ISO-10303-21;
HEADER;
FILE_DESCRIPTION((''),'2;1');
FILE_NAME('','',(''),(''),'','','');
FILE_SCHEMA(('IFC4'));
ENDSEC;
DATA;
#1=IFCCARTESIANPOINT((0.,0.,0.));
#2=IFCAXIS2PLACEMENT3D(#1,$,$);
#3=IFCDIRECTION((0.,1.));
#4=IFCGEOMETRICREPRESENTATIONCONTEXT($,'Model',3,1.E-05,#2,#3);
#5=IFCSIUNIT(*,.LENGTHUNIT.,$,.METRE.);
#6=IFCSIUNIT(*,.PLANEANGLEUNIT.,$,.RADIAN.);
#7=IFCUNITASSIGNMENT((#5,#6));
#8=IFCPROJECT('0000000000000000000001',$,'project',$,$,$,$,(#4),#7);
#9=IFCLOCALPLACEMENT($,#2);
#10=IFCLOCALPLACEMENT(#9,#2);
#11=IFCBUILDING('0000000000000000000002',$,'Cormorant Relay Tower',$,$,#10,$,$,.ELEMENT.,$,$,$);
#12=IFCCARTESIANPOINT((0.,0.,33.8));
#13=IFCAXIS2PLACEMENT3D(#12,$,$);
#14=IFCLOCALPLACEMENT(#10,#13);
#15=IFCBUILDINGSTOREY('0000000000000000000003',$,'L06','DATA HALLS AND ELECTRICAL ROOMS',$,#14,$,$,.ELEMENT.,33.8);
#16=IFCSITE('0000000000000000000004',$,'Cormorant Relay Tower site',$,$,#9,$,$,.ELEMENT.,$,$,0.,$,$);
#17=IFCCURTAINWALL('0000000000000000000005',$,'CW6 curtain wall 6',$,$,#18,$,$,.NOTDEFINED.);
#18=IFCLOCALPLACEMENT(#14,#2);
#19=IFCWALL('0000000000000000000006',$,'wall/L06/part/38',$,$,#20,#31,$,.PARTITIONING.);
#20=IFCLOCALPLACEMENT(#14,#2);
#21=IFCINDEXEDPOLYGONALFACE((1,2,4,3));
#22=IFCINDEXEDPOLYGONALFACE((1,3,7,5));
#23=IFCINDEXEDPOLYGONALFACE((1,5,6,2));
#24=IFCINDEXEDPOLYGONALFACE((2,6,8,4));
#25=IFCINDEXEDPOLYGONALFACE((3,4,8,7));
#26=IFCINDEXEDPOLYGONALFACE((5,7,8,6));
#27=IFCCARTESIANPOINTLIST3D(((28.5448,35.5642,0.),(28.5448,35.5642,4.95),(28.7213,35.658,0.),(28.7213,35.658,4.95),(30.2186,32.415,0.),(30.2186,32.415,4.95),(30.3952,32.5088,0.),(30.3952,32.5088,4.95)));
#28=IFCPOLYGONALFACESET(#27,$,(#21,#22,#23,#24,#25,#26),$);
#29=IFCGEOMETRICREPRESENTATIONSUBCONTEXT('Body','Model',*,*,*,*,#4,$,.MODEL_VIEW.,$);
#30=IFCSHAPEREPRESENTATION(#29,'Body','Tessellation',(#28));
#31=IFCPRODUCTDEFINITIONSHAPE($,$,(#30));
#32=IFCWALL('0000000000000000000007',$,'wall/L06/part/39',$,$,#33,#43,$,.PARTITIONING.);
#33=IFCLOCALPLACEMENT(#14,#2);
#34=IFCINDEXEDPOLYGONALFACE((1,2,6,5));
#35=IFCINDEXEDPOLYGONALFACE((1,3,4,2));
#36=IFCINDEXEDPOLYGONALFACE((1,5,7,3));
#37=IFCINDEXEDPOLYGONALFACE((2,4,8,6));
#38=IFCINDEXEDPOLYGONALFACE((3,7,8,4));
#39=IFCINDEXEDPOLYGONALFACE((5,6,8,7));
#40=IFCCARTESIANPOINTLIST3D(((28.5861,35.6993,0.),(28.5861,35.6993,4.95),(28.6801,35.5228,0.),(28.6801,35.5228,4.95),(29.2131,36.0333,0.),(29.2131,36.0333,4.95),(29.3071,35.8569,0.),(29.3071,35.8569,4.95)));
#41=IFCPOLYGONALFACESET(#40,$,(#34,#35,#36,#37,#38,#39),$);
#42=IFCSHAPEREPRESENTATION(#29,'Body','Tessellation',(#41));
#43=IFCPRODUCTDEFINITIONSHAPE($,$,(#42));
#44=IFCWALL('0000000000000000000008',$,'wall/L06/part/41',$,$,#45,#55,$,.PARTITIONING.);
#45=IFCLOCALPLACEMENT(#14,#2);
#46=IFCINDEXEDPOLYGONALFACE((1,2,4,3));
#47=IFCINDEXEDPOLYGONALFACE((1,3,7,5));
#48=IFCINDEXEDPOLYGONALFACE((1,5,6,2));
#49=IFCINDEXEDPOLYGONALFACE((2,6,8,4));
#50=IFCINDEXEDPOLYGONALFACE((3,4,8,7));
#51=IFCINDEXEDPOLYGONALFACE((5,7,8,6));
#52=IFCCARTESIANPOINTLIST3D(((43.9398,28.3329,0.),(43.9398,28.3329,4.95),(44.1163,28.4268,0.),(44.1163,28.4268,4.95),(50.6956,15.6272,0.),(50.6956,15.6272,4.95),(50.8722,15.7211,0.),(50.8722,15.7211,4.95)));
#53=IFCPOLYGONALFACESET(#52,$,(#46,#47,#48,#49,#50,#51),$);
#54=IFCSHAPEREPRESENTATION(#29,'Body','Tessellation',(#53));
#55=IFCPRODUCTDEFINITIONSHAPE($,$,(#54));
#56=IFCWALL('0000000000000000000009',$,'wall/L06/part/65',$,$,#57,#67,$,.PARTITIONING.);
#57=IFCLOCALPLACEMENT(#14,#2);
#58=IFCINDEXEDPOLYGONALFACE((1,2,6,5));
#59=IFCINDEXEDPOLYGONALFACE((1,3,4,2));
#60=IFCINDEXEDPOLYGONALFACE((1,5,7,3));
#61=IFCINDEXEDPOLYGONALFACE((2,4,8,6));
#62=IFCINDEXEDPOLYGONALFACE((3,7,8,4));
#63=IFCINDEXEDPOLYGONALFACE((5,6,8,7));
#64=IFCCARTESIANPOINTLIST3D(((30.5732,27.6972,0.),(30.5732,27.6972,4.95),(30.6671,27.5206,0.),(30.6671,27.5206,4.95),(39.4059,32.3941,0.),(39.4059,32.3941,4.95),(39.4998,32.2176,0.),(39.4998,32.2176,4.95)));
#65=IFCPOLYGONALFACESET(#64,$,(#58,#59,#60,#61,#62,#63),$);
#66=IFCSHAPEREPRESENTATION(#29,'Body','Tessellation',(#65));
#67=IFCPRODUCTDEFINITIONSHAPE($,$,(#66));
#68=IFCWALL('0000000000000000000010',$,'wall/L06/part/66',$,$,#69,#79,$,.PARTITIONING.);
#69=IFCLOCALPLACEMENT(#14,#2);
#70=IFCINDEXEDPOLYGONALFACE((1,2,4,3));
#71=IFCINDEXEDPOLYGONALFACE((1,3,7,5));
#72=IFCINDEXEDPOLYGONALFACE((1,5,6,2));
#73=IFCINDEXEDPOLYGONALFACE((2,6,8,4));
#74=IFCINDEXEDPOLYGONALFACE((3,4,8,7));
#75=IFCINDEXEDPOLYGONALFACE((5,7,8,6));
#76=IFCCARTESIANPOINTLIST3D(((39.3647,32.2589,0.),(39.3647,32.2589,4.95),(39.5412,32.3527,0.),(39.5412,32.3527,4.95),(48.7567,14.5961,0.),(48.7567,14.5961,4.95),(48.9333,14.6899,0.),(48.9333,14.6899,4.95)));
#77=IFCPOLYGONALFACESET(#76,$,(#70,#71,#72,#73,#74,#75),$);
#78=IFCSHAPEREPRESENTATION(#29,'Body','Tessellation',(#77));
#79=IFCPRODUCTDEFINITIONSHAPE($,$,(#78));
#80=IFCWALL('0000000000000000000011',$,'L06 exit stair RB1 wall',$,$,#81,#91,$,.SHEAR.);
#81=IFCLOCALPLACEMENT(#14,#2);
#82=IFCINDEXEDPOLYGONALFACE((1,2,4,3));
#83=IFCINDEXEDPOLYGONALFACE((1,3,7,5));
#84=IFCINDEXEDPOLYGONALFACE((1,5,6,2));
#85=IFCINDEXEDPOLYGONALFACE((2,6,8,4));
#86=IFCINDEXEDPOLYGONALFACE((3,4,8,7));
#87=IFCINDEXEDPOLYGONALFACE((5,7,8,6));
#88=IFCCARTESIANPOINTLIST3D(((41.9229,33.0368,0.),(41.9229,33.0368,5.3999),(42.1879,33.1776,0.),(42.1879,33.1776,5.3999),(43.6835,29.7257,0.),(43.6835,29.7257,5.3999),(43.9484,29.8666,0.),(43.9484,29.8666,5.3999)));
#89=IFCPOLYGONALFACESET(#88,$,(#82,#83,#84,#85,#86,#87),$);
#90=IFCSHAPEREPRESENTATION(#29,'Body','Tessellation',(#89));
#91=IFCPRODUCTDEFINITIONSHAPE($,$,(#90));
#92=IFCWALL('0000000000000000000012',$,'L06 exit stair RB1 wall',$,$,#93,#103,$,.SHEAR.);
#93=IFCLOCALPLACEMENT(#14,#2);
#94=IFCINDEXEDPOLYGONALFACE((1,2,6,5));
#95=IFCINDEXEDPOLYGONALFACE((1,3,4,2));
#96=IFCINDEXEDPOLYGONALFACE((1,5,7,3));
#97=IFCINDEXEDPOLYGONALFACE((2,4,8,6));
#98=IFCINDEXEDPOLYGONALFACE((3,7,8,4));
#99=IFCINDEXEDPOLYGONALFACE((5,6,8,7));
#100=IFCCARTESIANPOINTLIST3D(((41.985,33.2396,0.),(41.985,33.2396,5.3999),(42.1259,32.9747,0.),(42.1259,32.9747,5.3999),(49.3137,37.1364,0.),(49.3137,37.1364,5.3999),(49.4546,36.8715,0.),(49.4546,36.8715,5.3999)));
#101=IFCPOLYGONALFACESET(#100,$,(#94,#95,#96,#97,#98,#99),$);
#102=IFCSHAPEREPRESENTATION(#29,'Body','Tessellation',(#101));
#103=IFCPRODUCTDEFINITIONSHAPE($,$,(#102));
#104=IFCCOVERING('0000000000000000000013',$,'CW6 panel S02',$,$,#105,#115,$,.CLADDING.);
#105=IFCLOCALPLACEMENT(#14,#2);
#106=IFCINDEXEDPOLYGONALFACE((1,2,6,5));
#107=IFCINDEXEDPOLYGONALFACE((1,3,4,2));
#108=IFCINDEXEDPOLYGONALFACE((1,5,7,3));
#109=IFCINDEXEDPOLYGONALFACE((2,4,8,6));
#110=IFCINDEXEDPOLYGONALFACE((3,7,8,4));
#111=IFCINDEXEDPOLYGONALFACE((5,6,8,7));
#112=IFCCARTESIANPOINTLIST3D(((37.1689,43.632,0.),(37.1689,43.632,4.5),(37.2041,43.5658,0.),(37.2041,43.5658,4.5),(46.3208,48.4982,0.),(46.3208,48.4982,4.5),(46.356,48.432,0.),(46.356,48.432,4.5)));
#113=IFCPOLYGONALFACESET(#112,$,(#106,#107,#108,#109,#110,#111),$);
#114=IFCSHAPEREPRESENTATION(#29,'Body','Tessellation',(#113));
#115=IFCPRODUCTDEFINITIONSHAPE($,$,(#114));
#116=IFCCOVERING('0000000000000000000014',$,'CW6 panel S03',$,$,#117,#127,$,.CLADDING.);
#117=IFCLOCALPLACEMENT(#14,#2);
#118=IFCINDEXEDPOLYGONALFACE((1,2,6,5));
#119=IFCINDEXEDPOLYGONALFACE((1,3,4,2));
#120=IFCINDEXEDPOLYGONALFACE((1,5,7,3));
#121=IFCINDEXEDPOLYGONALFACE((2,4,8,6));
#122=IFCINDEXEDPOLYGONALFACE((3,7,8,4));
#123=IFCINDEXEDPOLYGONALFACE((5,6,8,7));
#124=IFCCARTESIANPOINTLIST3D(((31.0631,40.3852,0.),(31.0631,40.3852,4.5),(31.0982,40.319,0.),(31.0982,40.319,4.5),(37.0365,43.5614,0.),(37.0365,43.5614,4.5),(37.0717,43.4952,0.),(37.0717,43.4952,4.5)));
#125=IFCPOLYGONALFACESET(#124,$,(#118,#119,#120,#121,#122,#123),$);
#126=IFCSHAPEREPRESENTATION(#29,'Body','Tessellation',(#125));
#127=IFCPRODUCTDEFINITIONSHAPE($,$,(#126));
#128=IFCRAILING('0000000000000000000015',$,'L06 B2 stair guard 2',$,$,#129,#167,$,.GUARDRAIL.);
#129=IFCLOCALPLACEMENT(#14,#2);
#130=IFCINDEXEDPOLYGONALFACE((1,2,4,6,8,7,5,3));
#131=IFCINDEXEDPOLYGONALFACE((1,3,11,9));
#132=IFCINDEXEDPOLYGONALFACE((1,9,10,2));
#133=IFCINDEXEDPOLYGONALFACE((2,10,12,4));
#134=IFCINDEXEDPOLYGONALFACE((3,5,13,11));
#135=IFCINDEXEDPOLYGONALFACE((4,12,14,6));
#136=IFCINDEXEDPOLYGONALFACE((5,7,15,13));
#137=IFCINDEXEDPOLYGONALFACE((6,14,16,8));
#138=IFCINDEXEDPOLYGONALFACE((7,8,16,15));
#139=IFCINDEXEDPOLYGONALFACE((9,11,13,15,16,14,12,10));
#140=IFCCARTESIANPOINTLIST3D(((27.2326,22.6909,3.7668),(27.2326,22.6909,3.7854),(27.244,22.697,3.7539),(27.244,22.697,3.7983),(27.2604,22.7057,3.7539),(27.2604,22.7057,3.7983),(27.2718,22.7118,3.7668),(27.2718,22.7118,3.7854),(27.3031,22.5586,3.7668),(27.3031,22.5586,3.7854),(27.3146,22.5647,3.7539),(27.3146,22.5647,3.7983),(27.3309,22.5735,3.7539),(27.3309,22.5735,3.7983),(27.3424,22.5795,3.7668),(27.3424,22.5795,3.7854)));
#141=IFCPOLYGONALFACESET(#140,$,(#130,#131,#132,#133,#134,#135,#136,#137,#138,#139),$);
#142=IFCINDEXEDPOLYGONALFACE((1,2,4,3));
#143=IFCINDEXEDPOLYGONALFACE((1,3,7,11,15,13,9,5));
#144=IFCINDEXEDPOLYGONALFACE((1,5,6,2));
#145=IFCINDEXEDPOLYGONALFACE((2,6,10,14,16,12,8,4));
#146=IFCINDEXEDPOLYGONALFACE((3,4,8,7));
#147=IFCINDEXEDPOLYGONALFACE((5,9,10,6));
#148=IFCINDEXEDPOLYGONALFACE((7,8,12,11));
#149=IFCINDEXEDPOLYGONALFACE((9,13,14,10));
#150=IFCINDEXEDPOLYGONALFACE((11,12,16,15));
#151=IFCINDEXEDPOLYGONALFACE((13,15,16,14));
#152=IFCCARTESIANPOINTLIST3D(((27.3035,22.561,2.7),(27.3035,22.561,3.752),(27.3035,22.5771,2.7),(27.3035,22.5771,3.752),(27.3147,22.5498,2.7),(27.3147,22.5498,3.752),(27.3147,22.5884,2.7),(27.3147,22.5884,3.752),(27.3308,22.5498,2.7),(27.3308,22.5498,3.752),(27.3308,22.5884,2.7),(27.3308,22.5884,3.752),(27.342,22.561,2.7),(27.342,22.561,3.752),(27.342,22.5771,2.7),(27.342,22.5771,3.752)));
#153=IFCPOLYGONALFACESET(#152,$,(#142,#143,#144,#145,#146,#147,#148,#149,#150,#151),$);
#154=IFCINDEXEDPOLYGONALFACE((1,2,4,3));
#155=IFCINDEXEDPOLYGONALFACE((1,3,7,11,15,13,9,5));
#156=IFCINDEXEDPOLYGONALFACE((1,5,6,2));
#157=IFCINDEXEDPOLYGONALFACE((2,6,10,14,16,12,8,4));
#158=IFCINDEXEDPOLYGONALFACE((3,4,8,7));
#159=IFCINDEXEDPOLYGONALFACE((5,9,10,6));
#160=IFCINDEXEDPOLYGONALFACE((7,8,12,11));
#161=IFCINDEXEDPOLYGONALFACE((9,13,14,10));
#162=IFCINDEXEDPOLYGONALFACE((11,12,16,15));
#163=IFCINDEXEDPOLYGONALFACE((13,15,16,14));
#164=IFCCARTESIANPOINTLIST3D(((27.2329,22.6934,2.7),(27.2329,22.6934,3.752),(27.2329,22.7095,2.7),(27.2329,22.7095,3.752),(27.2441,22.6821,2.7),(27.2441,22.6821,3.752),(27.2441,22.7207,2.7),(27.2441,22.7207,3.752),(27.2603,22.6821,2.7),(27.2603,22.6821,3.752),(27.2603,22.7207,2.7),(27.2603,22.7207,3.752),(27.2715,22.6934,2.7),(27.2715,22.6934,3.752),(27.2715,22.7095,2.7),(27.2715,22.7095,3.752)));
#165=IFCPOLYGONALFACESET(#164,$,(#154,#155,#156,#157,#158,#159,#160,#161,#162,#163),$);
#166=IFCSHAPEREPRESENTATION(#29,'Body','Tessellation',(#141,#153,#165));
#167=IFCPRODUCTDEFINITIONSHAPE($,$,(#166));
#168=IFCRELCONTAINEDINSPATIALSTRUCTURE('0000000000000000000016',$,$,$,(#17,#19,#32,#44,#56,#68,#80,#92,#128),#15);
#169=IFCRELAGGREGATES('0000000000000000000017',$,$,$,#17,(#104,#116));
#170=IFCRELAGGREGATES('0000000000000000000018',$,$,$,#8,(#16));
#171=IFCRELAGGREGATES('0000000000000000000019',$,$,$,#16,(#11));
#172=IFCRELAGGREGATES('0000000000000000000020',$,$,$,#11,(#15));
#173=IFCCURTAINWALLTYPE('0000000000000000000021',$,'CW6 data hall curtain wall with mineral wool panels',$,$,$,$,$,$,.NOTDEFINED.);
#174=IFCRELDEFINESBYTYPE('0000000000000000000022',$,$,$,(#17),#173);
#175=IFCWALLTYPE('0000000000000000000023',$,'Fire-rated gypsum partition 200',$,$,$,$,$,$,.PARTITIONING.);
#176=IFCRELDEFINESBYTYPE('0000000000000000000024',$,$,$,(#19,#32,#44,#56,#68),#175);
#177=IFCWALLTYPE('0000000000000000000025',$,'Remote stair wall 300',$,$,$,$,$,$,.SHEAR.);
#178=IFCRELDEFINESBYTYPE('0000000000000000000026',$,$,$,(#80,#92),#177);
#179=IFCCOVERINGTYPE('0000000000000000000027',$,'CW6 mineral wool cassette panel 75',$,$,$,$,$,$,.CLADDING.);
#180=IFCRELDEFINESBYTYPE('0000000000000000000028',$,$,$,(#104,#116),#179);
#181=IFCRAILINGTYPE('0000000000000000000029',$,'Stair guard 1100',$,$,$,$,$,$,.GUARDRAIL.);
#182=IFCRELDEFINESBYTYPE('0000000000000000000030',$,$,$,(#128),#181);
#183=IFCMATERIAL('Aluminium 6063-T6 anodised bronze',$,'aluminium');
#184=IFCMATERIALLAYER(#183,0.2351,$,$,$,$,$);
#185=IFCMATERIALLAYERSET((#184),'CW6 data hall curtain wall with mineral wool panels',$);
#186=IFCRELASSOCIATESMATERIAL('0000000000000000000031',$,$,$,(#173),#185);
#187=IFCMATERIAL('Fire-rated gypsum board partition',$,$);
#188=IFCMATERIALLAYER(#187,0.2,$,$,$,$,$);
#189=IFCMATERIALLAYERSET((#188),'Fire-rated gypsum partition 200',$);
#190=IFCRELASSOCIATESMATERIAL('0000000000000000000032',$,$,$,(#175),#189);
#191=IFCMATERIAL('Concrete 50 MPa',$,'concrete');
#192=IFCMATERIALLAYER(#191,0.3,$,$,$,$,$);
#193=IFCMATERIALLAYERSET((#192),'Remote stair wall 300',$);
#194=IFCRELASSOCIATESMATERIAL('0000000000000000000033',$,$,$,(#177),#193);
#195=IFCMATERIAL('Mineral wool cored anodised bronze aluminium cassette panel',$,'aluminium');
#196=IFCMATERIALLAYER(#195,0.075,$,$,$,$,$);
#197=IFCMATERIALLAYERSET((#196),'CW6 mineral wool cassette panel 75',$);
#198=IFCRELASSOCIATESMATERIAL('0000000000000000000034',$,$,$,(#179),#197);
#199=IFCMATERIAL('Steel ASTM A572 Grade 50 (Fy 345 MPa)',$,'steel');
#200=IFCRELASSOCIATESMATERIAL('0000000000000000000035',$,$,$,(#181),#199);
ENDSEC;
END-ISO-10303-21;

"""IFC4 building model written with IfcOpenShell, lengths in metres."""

from ifc_helpers import new_model, si_unit, direction, frame, frame_2d, origin, origin_2d, place, context, subcontext, project, spatial, polyline, rectangle, outline, extrude, material, layer, layer_set, type_object, element, aggregate, save


model = new_model("IFC4")

# Units and contexts
model_context = context("Model", 3, precision=1e-05, world=origin(), true_north=direction((0.0, 1.0)))
body_context = subcontext(model_context, "Body", "Model", "MODEL_VIEW")
ifc_project = project(units=[si_unit("LENGTHUNIT", "METRE"), si_unit("PLANEANGLEUNIT", "RADIAN")], contexts=[model_context])

# Site, building, storey
site_placement = place(None, origin())
site = spatial("IfcSite", under=ifc_project, at=site_placement, Name="Cormorant Relay Tower site", CompositionType="ELEMENT", RefElevation=0.0)
building_placement = place(site_placement, origin())
building = spatial("IfcBuilding", under=site, at=building_placement, Name="Cormorant Relay Tower", CompositionType="ELEMENT")
storey_placement = place(building_placement, frame((0.0, 0.0, 33.8)))
storey = spatial("IfcBuildingStorey", under=building, at=storey_placement, Name="L06", Description="DATA HALLS AND ELECTRICAL ROOMS", CompositionType="ELEMENT", Elevation=33.8)

# Curtain wall
ifc_material_1 = material(Name="Aluminium 6063-T6 anodised bronze", Category="aluminium")
ifc_layer_1 = layer(ifc_material_1, 0.2351)
ifc_layer_set_1 = layer_set([ifc_layer_1], Name="CW6 data hall curtain wall with mineral wool panels")
curtain_wall_type = type_object("IfcCurtainWallType", Name="CW6 data hall curtain wall with mineral wool panels", PredefinedType="NOTDEFINED", material=ifc_layer_set_1)
curtain_wall_placement = place(storey_placement, origin())
curtain_wall = element("IfcCurtainWall", 1, at=curtain_wall_placement, inside=storey, type_object=curtain_wall_type, Name="CW6 curtain wall 6", PredefinedType="NOTDEFINED")

# Walls
ifc_material_2 = material(Name="Fire-rated gypsum board partition")
ifc_layer_2 = layer(ifc_material_2, 0.2)
ifc_layer_set_2 = layer_set([ifc_layer_2], Name="Fire-rated gypsum partition 200")
wall_type_1 = type_object("IfcWallType", Name="Fire-rated gypsum partition 200", PredefinedType="PARTITIONING", material=ifc_layer_set_2)
wall_1_placement = place(storey_placement, frame((30.3069, 32.4619, 0.0), z_axis=(0.0, 0.0, 1.0), x_axis=(-0.469337, 0.883019, 0.0)))
element("IfcWall", 2, at=wall_1_placement, inside=storey, type_object=wall_type_1, Name="wall/L06/part/38", PredefinedType="PARTITIONING", context=body_context, shape_type="SweptSolid", body=[
    extrude(rectangle(XDim=3.5664, YDim=0.2, at=frame_2d((1.7832, 0.0))), origin(), (0.0, 0.0, 1.0), 4.95),
])
wall_2_placement = place(storey_placement, frame((28.6331, 35.6111, 0.0), z_axis=(0.0, 0.0, 1.0), x_axis=(0.882581, 0.47016, 0.0)))
element("IfcWall", 3, at=wall_2_placement, inside=storey, type_object=wall_type_1, Name="wall/L06/part/39", PredefinedType="PARTITIONING", context=body_context, shape_type="SweptSolid", body=[
    extrude(rectangle(XDim=0.7104, YDim=0.2, at=frame_2d((0.3552, 0.0))), origin(), (0.0, 0.0, 1.0), 4.95),
])
wall_3_placement = place(storey_placement, frame((44.0281, 28.3799, 0.0), z_axis=(0.0, 0.0, 1.0), x_axis=(0.469475, -0.882946, 0.0)))
element("IfcWall", 4, at=wall_3_placement, inside=storey, type_object=wall_type_1, Name="wall/L06/part/41", PredefinedType="PARTITIONING", context=body_context, shape_type="SweptSolid", body=[
    extrude(rectangle(XDim=14.3901, YDim=0.2, at=frame_2d((7.1951, 0.0))), origin(), (0.0, 0.0, 1.0), 4.95),
])
wall_4_placement = place(storey_placement, frame((30.6201, 27.6089, 0.0), z_axis=(0.0, 0.0, 1.0), x_axis=(0.882924, 0.469515, 0.0)))
element("IfcWall", 5, at=wall_4_placement, inside=storey, type_object=wall_type_1, Name="wall/L06/part/65", PredefinedType="PARTITIONING", context=body_context, shape_type="SweptSolid", body=[
    extrude(rectangle(XDim=10.0039, YDim=0.2, at=frame_2d((5.002, 0.0))), origin(), (0.0, 0.0, 1.0), 4.95),
])
wall_5_placement = place(storey_placement, frame((39.4529, 32.3059, 0.0), z_axis=(0.0, 0.0, 1.0), x_axis=(0.469495, -0.882935, 0.0)))
element("IfcWall", 6, at=wall_5_placement, inside=storey, type_object=wall_type_1, Name="wall/L06/part/66", PredefinedType="PARTITIONING", context=body_context, shape_type="SweptSolid", body=[
    extrude(rectangle(XDim=20.0046, YDim=0.2, at=frame_2d((10.0024, 0.0))), origin(), (0.0, 0.0, 1.0), 4.95),
])
ifc_material_3 = material(Name="Concrete 50 MPa", Category="concrete")
ifc_layer_3 = layer(ifc_material_3, 0.3)
ifc_layer_set_3 = layer_set([ifc_layer_3], Name="Remote stair wall 300")
wall_type_2 = type_object("IfcWallType", Name="Remote stair wall 300", PredefinedType="SHEAR", material=ifc_layer_set_3)
wall_6_placement = place(storey_placement, frame((43.8159, 29.7961, 0.0), z_axis=(0.0, 0.0, 1.0), x_axis=(-0.469469, 0.882949, 0.0)))
element("IfcWall", 7, at=wall_6_placement, inside=storey, type_object=wall_type_2, Name="L06 exit stair RB1 wall", PredefinedType="SHEAR", context=body_context, shape_type="SweptSolid", body=[
    extrude(rectangle(XDim=3.75, YDim=0.3, at=frame_2d((1.875, 0.0))), origin(), (0.0, 0.0, 1.0), 5.3999),
])
wall_7_placement = place(storey_placement, frame((42.0554, 33.1072, 0.0), z_axis=(0.0, 0.0, 1.0), x_axis=(0.882946, 0.469475, 0.0)))
element("IfcWall", 8, at=wall_7_placement, inside=storey, type_object=wall_type_2, Name="L06 exit stair RB1 wall", PredefinedType="SHEAR", context=body_context, shape_type="SweptSolid", body=[
    extrude(rectangle(XDim=8.3003, YDim=0.3, at=frame_2d((4.1501, 0.0))), origin(), (0.0, 0.0, 1.0), 5.3999),
])

# Coverings
ifc_material_4 = material(Name="Mineral wool cored anodised bronze aluminium cassette panel", Category="aluminium")
ifc_layer_4 = layer(ifc_material_4, 0.075)
ifc_layer_set_4 = layer_set([ifc_layer_4], Name="CW6 mineral wool cassette panel 75")
covering_type = type_object("IfcCoveringType", Name="CW6 mineral wool cassette panel 75", PredefinedType="CLADDING", material=ifc_layer_set_4)
covering_1_placement = place(storey_placement, frame((41.7625, 46.032, 0.0), z_axis=(0.0, 0.0, 1.0), x_axis=(-0.882948, -0.469472, 0.0)))
covering_1 = element("IfcCovering", 9, at=covering_1_placement, type_object=covering_type, Name="CW6 panel S02", PredefinedType="CLADDING", context=body_context, shape_type="SweptSolid", body=[
    extrude(rectangle(XDim=10.3652, YDim=0.075, at=origin_2d()), origin(), (0.0, 0.0, 1.0), 4.5),
])
covering_2_placement = place(storey_placement, frame((34.0674, 41.9402, 0.0), z_axis=(0.0, 0.0, 1.0), x_axis=(-0.882948, -0.469472, 0.0)))
covering_2 = element("IfcCovering", 10, at=covering_2_placement, type_object=covering_type, Name="CW6 panel S03", PredefinedType="CLADDING", context=body_context, shape_type="SweptSolid", body=[
    extrude(rectangle(XDim=6.7654, YDim=0.075, at=origin_2d()), origin(), (0.0, 0.0, 1.0), 4.5),
])
aggregate(curtain_wall, [covering_1, covering_2])

# Railing
ifc_material_5 = material(Name="Steel ASTM A572 Grade 50 (Fy 345 MPa)", Category="steel")
railing_type = type_object("IfcRailingType", Name="Stair guard 1100", PredefinedType="GUARDRAIL", material=ifc_material_5)
railing_1_placement = place(storey_placement, frame((27.3228, 22.5691, 2.7)))
element("IfcRailing", 11, at=railing_1_placement, inside=storey, type_object=railing_type, Name="L06 B2 stair guard 2", PredefinedType="GUARDRAIL", context=body_context, shape_type="SweptSolid", body=[
    extrude(outline(polyline([(0.0222, 0.0093), (0.0093, 0.0222), (-0.0093, 0.0222), (-0.0222, 0.0093), (-0.0222, -0.0093), (-0.0093, -0.0222), (0.0093, -0.0222), (0.0222, -0.0093), (0.0222, 0.0093)])), frame((0.0, 0.0, 1.0762), z_axis=(-0.470504, 0.882398, 0.0), x_axis=(-0.882398, -0.470504, 0.0)), (0.0, 0.0, 1.0), 0.1499),
    extrude(outline(polyline([(0.0193, 0.0081), (0.0081, 0.0193), (-0.0081, 0.0193), (-0.0193, 0.0081), (-0.0193, -0.0081), (-0.0081, -0.0193), (0.0081, -0.0193), (0.0193, -0.0081), (0.0193, 0.0081)])), origin(), (0.0, 0.0, 1.0), 1.052),
    extrude(outline(polyline([(0.0193, 0.0081), (0.0081, 0.0193), (-0.0081, 0.0193), (-0.0193, 0.0081), (-0.0193, -0.0081), (-0.0081, -0.0193), (0.0081, -0.0193), (0.0193, -0.0081), (0.0193, 0.0081)])), frame((-0.0706, 0.1323, 0.0)), (0.0, 0.0, 1.0), 1.052),
])

save(model, "model.ifc")
